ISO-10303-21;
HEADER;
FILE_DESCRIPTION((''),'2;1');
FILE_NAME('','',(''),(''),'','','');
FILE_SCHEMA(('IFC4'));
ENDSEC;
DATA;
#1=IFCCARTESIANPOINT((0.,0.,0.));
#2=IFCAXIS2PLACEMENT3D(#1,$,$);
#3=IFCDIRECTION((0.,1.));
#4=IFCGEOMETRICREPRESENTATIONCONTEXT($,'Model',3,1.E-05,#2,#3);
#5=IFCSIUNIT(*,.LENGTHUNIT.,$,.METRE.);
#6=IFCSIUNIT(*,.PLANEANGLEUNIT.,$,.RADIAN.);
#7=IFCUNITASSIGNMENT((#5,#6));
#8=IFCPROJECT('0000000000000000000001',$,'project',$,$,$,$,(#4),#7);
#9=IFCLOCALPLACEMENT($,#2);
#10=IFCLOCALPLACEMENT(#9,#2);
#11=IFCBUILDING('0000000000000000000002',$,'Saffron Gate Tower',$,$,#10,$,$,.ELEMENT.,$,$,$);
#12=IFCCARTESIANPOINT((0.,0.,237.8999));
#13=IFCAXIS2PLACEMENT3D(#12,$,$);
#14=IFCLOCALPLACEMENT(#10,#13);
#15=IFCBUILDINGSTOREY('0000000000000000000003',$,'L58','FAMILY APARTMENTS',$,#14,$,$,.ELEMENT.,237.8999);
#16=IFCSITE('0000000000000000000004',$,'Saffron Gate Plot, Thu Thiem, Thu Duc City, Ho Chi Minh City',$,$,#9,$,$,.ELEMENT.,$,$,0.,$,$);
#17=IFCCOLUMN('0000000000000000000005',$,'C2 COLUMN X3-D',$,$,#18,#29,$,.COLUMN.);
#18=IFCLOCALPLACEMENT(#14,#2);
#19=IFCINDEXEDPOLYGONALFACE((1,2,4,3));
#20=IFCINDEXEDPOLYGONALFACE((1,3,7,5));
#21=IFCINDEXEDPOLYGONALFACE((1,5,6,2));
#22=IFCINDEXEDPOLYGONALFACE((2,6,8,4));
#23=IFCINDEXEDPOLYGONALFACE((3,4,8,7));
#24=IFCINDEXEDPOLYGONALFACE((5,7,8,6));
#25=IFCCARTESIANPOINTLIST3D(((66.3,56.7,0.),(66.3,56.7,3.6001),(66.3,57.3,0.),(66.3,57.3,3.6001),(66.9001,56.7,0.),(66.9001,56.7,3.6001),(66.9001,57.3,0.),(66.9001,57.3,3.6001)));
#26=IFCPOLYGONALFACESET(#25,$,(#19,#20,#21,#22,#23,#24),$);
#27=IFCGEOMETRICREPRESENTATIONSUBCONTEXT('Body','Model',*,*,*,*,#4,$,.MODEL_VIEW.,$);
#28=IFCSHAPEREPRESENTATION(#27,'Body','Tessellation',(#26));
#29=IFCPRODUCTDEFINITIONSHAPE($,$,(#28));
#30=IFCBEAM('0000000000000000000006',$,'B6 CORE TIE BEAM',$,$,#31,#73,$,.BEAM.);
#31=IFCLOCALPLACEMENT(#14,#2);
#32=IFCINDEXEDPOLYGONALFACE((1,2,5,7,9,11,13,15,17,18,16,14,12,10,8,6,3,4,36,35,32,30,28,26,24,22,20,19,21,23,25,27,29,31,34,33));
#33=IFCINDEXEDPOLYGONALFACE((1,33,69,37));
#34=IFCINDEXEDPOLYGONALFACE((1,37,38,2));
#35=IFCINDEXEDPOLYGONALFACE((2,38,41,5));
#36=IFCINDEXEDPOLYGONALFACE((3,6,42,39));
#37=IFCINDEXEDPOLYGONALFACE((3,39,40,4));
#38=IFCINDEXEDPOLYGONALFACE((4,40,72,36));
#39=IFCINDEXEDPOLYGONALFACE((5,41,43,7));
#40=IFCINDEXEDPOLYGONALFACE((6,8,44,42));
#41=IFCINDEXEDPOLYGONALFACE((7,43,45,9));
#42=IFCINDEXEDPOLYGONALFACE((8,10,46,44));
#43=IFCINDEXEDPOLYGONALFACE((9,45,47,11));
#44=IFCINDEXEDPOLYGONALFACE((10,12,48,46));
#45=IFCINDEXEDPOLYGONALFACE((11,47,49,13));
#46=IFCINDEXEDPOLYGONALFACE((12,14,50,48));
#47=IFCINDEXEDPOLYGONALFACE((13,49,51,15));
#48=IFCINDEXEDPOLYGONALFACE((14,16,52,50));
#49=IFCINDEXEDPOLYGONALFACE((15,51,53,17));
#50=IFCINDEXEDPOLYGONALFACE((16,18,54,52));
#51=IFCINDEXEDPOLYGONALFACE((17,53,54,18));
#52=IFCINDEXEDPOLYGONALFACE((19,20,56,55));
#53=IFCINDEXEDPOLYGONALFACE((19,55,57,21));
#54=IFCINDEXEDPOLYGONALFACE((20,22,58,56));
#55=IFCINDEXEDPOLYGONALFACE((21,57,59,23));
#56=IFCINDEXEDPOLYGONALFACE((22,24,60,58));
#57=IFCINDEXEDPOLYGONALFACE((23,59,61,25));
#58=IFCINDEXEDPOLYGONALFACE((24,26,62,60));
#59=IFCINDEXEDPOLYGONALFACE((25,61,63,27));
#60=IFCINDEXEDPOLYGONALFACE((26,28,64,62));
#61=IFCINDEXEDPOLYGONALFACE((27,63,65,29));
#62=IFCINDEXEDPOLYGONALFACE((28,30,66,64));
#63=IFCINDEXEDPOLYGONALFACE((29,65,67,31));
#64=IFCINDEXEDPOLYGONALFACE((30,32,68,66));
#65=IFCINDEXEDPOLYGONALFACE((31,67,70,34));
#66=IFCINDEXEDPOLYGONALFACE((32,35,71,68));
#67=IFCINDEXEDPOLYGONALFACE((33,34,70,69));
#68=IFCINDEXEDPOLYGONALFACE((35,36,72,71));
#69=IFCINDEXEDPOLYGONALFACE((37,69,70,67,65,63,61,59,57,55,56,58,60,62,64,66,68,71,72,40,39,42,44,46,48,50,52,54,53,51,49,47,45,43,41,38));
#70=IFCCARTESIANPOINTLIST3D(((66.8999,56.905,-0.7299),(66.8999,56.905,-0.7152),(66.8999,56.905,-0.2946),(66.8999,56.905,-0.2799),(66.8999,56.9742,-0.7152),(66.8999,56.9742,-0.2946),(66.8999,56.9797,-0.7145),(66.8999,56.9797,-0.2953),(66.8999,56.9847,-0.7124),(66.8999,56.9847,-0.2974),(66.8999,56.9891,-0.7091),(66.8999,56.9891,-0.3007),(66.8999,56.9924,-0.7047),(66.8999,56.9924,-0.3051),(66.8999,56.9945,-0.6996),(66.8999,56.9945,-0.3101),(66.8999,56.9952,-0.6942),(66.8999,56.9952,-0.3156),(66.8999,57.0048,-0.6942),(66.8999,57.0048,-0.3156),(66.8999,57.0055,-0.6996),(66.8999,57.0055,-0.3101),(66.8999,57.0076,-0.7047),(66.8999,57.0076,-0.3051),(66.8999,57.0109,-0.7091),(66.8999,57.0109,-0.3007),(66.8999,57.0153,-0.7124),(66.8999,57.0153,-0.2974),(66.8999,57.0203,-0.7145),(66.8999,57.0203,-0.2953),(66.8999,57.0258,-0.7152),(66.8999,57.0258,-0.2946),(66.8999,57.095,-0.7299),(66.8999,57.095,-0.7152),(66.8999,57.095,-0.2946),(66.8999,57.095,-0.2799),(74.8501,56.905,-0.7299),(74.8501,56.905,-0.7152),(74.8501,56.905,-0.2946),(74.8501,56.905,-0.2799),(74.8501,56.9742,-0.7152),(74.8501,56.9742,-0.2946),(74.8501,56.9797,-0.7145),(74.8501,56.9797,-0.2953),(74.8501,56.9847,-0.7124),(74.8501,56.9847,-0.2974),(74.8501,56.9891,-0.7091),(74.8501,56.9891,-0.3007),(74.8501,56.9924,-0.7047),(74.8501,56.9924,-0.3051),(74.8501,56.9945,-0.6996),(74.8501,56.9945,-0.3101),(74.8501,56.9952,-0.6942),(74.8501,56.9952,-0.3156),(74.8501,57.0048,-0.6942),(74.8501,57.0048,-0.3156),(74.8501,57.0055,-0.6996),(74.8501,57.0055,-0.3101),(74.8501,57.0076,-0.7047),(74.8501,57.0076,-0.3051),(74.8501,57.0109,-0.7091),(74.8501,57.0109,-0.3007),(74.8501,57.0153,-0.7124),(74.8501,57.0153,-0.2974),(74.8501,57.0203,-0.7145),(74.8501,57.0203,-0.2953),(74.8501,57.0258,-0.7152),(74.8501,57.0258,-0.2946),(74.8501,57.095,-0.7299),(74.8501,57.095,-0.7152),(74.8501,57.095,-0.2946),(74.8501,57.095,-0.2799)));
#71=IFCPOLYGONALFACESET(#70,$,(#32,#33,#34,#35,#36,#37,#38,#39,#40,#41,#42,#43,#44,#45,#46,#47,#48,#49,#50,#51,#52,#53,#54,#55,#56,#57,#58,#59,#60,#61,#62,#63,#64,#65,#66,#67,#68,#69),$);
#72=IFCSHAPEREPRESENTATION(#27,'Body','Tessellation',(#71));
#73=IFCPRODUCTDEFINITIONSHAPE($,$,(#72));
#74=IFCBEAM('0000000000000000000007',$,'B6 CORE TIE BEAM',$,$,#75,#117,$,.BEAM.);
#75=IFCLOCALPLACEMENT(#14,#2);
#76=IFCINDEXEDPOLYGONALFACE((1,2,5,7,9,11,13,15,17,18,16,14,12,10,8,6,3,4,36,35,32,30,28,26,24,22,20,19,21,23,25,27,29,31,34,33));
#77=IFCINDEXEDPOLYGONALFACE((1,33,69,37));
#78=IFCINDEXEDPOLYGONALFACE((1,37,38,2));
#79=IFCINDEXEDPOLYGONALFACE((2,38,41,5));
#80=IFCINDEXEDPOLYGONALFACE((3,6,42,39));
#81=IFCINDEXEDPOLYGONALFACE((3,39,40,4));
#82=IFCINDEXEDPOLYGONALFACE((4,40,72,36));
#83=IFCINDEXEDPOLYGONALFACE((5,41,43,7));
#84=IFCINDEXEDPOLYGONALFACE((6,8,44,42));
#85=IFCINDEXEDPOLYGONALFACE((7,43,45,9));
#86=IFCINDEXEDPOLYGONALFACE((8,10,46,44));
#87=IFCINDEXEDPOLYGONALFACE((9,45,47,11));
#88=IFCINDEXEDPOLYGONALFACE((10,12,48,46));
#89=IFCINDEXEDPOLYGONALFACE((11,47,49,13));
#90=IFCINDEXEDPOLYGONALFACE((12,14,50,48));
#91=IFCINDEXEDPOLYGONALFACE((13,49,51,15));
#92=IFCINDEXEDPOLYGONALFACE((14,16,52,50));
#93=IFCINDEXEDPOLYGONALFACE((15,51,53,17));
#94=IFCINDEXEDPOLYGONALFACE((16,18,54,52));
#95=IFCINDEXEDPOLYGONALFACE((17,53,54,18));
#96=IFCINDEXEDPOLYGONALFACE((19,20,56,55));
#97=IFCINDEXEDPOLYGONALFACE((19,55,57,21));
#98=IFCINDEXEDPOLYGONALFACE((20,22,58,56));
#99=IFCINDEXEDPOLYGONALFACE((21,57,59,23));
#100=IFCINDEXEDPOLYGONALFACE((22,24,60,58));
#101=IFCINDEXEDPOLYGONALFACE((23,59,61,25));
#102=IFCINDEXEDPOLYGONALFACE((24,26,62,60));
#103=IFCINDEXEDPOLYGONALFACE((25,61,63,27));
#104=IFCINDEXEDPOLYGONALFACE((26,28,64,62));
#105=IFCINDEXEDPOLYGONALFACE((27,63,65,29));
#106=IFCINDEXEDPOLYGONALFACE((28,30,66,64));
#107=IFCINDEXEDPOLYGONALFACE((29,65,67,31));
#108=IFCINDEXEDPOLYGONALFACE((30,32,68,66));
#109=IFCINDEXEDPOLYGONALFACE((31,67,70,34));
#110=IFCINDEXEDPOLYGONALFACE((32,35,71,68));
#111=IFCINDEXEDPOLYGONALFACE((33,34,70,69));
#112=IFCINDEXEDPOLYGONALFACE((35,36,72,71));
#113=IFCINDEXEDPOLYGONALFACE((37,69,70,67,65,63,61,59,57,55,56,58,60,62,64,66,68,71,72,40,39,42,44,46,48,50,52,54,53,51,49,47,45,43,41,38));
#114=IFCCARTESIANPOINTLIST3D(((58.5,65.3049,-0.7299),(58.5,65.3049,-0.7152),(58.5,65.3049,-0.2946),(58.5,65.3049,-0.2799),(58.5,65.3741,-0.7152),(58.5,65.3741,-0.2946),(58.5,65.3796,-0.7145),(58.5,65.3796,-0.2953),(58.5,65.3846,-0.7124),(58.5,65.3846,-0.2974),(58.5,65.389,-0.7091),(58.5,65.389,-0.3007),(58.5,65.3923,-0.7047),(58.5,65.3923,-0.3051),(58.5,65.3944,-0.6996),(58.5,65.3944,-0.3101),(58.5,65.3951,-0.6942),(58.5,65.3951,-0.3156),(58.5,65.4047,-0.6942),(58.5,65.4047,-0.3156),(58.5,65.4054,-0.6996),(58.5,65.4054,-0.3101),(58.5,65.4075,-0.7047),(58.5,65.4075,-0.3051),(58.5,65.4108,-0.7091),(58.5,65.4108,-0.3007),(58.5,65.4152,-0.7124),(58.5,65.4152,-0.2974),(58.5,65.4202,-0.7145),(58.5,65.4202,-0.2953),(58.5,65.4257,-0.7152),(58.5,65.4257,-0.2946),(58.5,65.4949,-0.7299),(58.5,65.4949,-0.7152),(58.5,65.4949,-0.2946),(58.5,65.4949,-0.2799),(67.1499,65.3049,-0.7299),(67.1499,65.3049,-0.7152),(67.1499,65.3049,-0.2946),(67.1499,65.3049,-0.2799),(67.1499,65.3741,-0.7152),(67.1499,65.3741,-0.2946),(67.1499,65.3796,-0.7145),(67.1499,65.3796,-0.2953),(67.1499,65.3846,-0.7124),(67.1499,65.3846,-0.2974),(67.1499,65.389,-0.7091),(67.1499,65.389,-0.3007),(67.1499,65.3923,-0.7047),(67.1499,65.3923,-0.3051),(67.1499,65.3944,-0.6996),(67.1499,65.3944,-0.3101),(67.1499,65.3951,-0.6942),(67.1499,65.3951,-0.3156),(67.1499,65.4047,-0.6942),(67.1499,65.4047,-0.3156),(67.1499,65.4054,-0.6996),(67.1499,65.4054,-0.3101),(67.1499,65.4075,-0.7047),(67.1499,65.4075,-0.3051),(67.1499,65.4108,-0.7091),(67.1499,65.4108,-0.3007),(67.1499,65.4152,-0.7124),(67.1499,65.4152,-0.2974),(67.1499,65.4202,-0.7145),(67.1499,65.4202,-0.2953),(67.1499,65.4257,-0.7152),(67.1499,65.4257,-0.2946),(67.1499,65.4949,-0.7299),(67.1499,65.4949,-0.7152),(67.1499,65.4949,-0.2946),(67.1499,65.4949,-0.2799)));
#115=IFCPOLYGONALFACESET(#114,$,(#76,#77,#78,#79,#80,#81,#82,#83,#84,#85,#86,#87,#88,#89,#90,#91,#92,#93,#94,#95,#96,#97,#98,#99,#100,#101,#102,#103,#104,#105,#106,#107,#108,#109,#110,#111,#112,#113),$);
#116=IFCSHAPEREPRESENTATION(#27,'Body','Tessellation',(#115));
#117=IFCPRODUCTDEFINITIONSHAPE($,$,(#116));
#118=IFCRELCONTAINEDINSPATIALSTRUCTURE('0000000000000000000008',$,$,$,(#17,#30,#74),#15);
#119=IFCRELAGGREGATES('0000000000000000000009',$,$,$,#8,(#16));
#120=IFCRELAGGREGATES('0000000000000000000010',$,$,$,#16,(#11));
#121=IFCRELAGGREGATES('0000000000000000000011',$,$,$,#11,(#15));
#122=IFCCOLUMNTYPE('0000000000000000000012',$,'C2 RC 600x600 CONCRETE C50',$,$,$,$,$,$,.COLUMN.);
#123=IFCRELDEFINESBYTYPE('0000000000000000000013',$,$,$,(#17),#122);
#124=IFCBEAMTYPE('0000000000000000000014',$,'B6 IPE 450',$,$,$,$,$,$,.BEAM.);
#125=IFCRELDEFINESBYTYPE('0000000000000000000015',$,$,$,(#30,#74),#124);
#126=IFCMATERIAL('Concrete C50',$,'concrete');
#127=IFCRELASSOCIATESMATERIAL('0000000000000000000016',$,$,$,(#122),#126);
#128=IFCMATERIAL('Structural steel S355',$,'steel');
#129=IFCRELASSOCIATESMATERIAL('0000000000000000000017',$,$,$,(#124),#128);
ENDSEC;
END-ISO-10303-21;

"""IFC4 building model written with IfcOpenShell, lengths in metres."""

from ifc_helpers import new_model, si_unit, direction, frame, origin, origin_2d, place, context, subcontext, project, spatial, rectangle, i_section, extrude, material, material_profile, profile_set, type_object, element, save


model = new_model("IFC4")

# Units and contexts
model_context = context("Model", 3, precision=1e-05, world=origin(), true_north=direction((0.0, 1.0)))
body_context = subcontext(model_context, "Body", "Model", "MODEL_VIEW")
ifc_project = project(units=[si_unit("LENGTHUNIT", "METRE"), si_unit("PLANEANGLEUNIT", "RADIAN")], contexts=[model_context])

# Site, building, storey
site_placement = place(None, origin())
site = spatial("IfcSite", under=ifc_project, at=site_placement, Name="Saffron Gate Plot, Thu Thiem, Thu Duc City, Ho Chi Minh City", CompositionType="ELEMENT", RefElevation=0.0)
building_placement = place(site_placement, origin())
building = spatial("IfcBuilding", under=site, at=building_placement, Name="Saffron Gate Tower", CompositionType="ELEMENT")
storey_placement = place(building_placement, frame((0.0, 0.0, 237.8999)))
storey = spatial("IfcBuildingStorey", under=building, at=storey_placement, Name="L58", Description="FAMILY APARTMENTS", CompositionType="ELEMENT", Elevation=237.8999)

# Column
ifc_material_1 = material(Name="Concrete C50", Category="concrete")
ifc_material_profile_1 = material_profile(ifc_material_1, rectangle(XDim=0.6001, YDim=0.6001, at=origin_2d()))
ifc_profile_set_1 = profile_set([ifc_material_profile_1], Name="Concrete C50")
column_type = type_object("IfcColumnType", Name="C2 RC 600x600 CONCRETE C50", PredefinedType="COLUMN", material=ifc_profile_set_1)
column_placement = place(storey_placement, frame((66.6001, 57.0, 0.0), z_axis=(0.0, 0.0, 1.0), x_axis=(1.0, 0.0, 0.0)))
element("IfcColumn", 1, at=column_placement, inside=storey, type_object=column_type, Name="C2 COLUMN X3-D", PredefinedType="COLUMN", context=body_context, shape_type="SweptSolid", body=[
    extrude(rectangle(XDim=0.6001, YDim=0.6001, at=origin_2d()), origin(), (0.0, 0.0, 1.0), 3.6001),
])

# Beams
ifc_material_2 = material(Name="Structural steel S355", Category="steel")
ifc_material_profile_2 = material_profile(ifc_material_2, i_section(OverallWidth=0.1899, OverallDepth=0.45, WebThickness=0.0095, FlangeThickness=0.0146, FilletRadius=0.021, at=origin_2d()))
ifc_profile_set_2 = profile_set([ifc_material_profile_2], Name="Structural steel S355")
beam_type = type_object("IfcBeamType", Name="B6 IPE 450", PredefinedType="BEAM", material=ifc_profile_set_2)
beam_1_placement = place(storey_placement, frame((66.8999, 57.0, -0.5049), z_axis=(1.0, 0.0, 0.0), x_axis=(0.0, 1.0, 0.0)))
element("IfcBeam", 2, at=beam_1_placement, inside=storey, type_object=beam_type, Name="B6 CORE TIE BEAM", PredefinedType="BEAM", context=body_context, shape_type="SweptSolid", body=[
    extrude(i_section(OverallWidth=0.1899, OverallDepth=0.45, WebThickness=0.0095, FlangeThickness=0.0146, FilletRadius=0.021, at=origin_2d()), origin(), (0.0, 0.0, 1.0), 7.9502),
])
beam_2_placement = place(storey_placement, frame((58.5, 65.3999, -0.5049), z_axis=(1.0, 0.0, 0.0), x_axis=(0.0, 1.0, 0.0)))
element("IfcBeam", 3, at=beam_2_placement, inside=storey, type_object=beam_type, Name="B6 CORE TIE BEAM", PredefinedType="BEAM", context=body_context, shape_type="SweptSolid", body=[
    extrude(i_section(OverallWidth=0.1899, OverallDepth=0.45, WebThickness=0.0095, FlangeThickness=0.0146, FilletRadius=0.021, at=origin_2d()), origin(), (0.0, 0.0, 1.0), 8.6499),
])

save(model, "model.ifc")
